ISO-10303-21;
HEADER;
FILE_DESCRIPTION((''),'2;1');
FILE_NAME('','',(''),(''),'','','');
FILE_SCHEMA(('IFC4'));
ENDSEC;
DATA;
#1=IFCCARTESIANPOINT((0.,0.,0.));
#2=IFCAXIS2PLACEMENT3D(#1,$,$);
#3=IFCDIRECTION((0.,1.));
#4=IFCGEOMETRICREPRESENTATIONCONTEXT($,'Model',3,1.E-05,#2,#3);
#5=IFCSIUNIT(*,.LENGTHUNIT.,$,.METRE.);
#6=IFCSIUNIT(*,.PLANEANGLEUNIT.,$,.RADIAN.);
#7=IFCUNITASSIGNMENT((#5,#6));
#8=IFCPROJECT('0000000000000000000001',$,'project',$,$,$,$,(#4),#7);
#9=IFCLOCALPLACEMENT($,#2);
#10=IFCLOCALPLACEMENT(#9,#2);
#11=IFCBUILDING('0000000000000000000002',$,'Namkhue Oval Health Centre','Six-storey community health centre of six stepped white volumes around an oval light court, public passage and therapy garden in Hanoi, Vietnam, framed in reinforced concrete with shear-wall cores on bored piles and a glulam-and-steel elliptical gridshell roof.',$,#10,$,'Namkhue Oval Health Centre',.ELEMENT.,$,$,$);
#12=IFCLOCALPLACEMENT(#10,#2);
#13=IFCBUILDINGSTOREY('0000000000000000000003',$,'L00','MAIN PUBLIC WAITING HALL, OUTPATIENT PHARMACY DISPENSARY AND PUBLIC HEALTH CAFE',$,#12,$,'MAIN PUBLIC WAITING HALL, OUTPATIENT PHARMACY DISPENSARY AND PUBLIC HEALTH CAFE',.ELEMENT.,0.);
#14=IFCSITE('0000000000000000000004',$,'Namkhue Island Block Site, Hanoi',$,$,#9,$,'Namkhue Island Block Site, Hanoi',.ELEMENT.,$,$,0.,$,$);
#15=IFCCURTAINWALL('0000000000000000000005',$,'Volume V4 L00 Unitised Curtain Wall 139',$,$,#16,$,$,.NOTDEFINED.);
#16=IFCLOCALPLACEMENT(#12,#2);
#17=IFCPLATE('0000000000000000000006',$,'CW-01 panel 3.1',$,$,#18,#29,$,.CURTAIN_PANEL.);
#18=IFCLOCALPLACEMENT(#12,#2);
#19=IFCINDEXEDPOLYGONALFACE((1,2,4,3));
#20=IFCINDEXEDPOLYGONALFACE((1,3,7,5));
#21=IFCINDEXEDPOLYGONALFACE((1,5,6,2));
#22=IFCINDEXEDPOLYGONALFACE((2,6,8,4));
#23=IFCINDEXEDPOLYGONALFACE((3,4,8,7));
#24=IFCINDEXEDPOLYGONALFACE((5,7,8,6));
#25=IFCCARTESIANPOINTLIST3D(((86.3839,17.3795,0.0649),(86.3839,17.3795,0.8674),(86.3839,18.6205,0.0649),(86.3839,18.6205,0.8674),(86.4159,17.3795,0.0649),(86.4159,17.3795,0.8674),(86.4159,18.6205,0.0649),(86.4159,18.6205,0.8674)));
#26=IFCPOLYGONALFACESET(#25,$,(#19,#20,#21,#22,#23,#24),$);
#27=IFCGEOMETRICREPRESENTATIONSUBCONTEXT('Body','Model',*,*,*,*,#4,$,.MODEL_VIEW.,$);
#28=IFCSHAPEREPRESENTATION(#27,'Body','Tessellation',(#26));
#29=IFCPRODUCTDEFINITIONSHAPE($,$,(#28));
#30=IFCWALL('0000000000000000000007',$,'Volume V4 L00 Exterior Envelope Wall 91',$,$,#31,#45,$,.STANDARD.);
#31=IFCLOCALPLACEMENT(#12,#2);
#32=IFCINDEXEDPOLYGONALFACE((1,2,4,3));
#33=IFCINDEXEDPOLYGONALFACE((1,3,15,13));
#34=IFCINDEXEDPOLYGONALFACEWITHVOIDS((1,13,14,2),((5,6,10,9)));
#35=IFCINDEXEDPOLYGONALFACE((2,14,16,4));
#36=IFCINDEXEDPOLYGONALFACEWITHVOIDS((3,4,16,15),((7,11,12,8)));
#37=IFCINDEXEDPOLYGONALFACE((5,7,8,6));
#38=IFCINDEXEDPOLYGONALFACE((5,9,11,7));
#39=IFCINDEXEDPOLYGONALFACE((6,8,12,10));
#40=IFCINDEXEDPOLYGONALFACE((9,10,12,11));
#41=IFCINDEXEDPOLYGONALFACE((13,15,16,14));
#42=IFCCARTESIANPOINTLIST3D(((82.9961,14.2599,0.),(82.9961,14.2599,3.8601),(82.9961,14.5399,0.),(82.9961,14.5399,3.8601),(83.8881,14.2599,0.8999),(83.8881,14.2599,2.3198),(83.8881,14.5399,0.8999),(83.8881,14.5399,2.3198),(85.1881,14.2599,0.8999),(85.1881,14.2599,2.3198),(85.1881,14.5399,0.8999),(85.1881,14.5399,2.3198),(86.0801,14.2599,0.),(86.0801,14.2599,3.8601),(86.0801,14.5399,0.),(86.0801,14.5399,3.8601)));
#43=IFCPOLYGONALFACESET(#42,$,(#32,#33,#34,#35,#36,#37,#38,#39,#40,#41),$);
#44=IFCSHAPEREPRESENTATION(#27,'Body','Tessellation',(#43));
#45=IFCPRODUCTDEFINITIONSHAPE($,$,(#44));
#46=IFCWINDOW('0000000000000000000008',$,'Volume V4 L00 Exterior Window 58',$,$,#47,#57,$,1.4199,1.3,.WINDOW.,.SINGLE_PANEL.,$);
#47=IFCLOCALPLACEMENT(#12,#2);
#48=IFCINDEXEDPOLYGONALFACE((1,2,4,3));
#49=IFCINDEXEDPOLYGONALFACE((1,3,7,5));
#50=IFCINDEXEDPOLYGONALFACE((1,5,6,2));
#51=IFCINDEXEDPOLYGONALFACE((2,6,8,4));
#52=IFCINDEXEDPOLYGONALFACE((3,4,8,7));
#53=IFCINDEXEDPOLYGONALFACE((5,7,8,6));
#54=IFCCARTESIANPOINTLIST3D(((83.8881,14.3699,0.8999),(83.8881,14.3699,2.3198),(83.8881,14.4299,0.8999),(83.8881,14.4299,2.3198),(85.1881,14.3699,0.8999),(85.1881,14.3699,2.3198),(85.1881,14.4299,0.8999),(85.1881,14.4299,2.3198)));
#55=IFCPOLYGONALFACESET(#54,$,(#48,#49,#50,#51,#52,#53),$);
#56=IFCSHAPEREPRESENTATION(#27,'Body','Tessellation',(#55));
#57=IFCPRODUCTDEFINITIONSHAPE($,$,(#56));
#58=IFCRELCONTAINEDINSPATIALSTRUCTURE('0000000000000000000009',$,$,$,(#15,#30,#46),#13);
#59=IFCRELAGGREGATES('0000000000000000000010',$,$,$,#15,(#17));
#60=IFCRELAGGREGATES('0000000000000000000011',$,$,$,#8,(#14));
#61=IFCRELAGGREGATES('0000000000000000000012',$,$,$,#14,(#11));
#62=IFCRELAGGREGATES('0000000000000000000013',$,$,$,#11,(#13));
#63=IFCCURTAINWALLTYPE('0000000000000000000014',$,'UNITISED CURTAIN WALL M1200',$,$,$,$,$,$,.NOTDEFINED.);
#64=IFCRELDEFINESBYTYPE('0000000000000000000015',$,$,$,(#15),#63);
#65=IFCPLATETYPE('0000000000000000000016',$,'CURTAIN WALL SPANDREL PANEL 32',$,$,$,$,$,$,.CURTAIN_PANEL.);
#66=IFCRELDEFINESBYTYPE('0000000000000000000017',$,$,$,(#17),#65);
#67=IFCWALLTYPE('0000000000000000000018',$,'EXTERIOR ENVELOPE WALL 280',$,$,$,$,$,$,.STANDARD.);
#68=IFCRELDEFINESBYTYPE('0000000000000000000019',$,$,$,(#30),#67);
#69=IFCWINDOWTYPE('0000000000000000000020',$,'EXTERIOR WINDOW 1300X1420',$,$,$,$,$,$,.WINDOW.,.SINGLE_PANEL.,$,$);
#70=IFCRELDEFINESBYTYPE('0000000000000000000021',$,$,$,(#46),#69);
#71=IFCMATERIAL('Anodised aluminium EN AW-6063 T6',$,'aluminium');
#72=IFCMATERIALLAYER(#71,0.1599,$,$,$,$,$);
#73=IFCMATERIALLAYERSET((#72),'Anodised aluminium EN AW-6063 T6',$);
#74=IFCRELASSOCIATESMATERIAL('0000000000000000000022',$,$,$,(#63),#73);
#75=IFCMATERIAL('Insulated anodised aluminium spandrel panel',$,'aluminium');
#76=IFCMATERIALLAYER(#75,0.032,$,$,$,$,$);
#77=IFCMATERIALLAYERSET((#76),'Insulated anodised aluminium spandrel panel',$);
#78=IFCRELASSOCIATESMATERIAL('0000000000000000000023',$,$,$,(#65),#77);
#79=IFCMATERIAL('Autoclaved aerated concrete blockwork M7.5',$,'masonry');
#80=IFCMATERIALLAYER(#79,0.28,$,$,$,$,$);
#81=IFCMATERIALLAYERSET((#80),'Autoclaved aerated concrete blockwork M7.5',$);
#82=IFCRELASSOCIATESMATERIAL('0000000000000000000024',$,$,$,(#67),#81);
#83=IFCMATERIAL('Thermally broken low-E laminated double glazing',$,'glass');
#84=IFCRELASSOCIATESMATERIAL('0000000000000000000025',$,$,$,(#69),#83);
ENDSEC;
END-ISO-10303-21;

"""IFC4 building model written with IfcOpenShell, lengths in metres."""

from ifc_helpers import new_model, si_unit, direction, frame, frame_2d, origin, origin_2d, place, context, subcontext, project, spatial, rectangle, extrude, material, layer, layer_set, type_object, element, fill, aggregate, save


model = new_model("IFC4")

# Units and contexts
model_context = context("Model", 3, precision=1e-05, world=origin(), true_north=direction((0.0, 1.0)))
body_context = subcontext(model_context, "Body", "Model", "MODEL_VIEW")
ifc_project = project(units=[si_unit("LENGTHUNIT", "METRE"), si_unit("PLANEANGLEUNIT", "RADIAN")], contexts=[model_context])

# Site, building, storey
site_placement = place(None, origin())
site = spatial("IfcSite", under=ifc_project, at=site_placement, Name="Namkhue Island Block Site, Hanoi", LongName="Namkhue Island Block Site, Hanoi", CompositionType="ELEMENT", RefElevation=0.0)
building_placement = place(site_placement, origin())
building = spatial("IfcBuilding", under=site, at=building_placement, Name="Namkhue Oval Health Centre", Description="Six-storey community health centre of six stepped white volumes around an oval light court, public passage and therapy garden in Hanoi, Vietnam, framed in reinforced concrete with shear-wall cores on bored piles and a glulam-and-steel elliptical gridshell roof.", LongName="Namkhue Oval Health Centre", CompositionType="ELEMENT")
storey_placement = place(building_placement, origin())
storey = spatial("IfcBuildingStorey", under=building, at=storey_placement, Name="L00", Description="MAIN PUBLIC WAITING HALL, OUTPATIENT PHARMACY DISPENSARY AND PUBLIC HEALTH CAFE", LongName="MAIN PUBLIC WAITING HALL, OUTPATIENT PHARMACY DISPENSARY AND PUBLIC HEALTH CAFE", CompositionType="ELEMENT", Elevation=0.0)

# Curtain wall
ifc_material_1 = material(Name="Anodised aluminium EN AW-6063 T6", Category="aluminium")
ifc_layer_1 = layer(ifc_material_1, 0.1599)
ifc_layer_set_1 = layer_set([ifc_layer_1], Name="Anodised aluminium EN AW-6063 T6")
curtain_wall_type_1 = type_object("IfcCurtainWallType", Name="UNITISED CURTAIN WALL M1200", PredefinedType="NOTDEFINED", material=ifc_layer_set_1)
curtain_wall_1_placement = place(storey_placement, origin())
curtain_wall_1 = element("IfcCurtainWall", 1, at=curtain_wall_1_placement, inside=storey, type_object=curtain_wall_type_1, Name="Volume V4 L00 Unitised Curtain Wall 139", PredefinedType="NOTDEFINED")

# Plate
ifc_material_2 = material(Name="Thermally broken low-E laminated double glazing", Category="glass")
ifc_material_3 = material(Name="Insulated anodised aluminium spandrel panel", Category="aluminium")
ifc_layer_2 = layer(ifc_material_3, 0.032)
ifc_layer_set_2 = layer_set([ifc_layer_2], Name="Insulated anodised aluminium spandrel panel")
plate_type_1 = type_object("IfcPlateType", Name="CURTAIN WALL SPANDREL PANEL 32", PredefinedType="CURTAIN_PANEL", material=ifc_layer_set_2)
plate_1_placement = place(storey_placement, frame((86.3999, 18.0, 0.0649), z_axis=(0.0, 0.0, 1.0), x_axis=(0.0, 1.0, 0.0)))
plate_1 = element("IfcPlate", 2, at=plate_1_placement, type_object=plate_type_1, Name="CW-01 panel 3.1", PredefinedType="CURTAIN_PANEL", context=body_context, shape_type="SweptSolid", body=[
    extrude(rectangle(XDim=1.241, YDim=0.032, at=origin_2d()), origin(), (0.0, 0.0, 1.0), 0.8025),
])
aggregate(curtain_wall_1, [plate_1])

# Wall, opening, window
ifc_material_4 = material(Name="Autoclaved aerated concrete blockwork M7.5", Category="masonry")
ifc_layer_3 = layer(ifc_material_4, 0.28)
ifc_layer_set_3 = layer_set([ifc_layer_3], Name="Autoclaved aerated concrete blockwork M7.5")
wall_type = type_object("IfcWallType", Name="EXTERIOR ENVELOPE WALL 280", PredefinedType="STANDARD", material=ifc_layer_set_3)
wall_placement = place(storey_placement, frame((82.9961, 14.3999, 0.0), z_axis=(0.0, 0.0, 1.0), x_axis=(1.0, 0.0, 0.0)))
wall = element("IfcWall", 3, at=wall_placement, inside=storey, type_object=wall_type, Name="Volume V4 L00 Exterior Envelope Wall 91", PredefinedType="STANDARD", context=body_context, shape_type="SweptSolid", body=[
    extrude(rectangle(XDim=3.084, YDim=0.28, at=frame_2d((1.542, 0.0))), origin(), (0.0, 0.0, 1.0), 3.8601),
])
opening_placement = place(wall_placement, frame((0.8921, 0.0, 0.8999)))
opening = element("IfcOpeningElement", 4, at=opening_placement, cuts=wall, PredefinedType="OPENING", context=body_context, shape_type="SweptSolid", body=[
    extrude(rectangle(XDim=1.3, YDim=1.4199, at=frame_2d((0.6499, 0.71))), frame((0.0, 0.1499, 0.0), z_axis=(0.0, -1.0, 0.0), x_axis=(1.0, 0.0, 0.0)), (0.0, 0.0, 1.0), 0.3),
])
window_type = type_object("IfcWindowType", Name="EXTERIOR WINDOW 1300X1420", PartitioningType="SINGLE_PANEL", PredefinedType="WINDOW", material=ifc_material_2)
window_placement = place(opening_placement, origin())
window = element("IfcWindow", 5, at=window_placement, inside=storey, type_object=window_type, Name="Volume V4 L00 Exterior Window 58", OverallHeight=1.4199, OverallWidth=1.3, PartitioningType="SINGLE_PANEL", PredefinedType="WINDOW", context=body_context, shape_type="SweptSolid", body=[
    extrude(rectangle(XDim=1.3, YDim=1.4199, at=frame_2d((0.6499, 0.71))), frame((0.0, 0.03, 0.0), z_axis=(0.0, -1.0, 0.0), x_axis=(1.0, 0.0, 0.0)), (0.0, 0.0, 1.0), 0.0601),
])
fill(opening, window)

save(model, "model.ifc")
